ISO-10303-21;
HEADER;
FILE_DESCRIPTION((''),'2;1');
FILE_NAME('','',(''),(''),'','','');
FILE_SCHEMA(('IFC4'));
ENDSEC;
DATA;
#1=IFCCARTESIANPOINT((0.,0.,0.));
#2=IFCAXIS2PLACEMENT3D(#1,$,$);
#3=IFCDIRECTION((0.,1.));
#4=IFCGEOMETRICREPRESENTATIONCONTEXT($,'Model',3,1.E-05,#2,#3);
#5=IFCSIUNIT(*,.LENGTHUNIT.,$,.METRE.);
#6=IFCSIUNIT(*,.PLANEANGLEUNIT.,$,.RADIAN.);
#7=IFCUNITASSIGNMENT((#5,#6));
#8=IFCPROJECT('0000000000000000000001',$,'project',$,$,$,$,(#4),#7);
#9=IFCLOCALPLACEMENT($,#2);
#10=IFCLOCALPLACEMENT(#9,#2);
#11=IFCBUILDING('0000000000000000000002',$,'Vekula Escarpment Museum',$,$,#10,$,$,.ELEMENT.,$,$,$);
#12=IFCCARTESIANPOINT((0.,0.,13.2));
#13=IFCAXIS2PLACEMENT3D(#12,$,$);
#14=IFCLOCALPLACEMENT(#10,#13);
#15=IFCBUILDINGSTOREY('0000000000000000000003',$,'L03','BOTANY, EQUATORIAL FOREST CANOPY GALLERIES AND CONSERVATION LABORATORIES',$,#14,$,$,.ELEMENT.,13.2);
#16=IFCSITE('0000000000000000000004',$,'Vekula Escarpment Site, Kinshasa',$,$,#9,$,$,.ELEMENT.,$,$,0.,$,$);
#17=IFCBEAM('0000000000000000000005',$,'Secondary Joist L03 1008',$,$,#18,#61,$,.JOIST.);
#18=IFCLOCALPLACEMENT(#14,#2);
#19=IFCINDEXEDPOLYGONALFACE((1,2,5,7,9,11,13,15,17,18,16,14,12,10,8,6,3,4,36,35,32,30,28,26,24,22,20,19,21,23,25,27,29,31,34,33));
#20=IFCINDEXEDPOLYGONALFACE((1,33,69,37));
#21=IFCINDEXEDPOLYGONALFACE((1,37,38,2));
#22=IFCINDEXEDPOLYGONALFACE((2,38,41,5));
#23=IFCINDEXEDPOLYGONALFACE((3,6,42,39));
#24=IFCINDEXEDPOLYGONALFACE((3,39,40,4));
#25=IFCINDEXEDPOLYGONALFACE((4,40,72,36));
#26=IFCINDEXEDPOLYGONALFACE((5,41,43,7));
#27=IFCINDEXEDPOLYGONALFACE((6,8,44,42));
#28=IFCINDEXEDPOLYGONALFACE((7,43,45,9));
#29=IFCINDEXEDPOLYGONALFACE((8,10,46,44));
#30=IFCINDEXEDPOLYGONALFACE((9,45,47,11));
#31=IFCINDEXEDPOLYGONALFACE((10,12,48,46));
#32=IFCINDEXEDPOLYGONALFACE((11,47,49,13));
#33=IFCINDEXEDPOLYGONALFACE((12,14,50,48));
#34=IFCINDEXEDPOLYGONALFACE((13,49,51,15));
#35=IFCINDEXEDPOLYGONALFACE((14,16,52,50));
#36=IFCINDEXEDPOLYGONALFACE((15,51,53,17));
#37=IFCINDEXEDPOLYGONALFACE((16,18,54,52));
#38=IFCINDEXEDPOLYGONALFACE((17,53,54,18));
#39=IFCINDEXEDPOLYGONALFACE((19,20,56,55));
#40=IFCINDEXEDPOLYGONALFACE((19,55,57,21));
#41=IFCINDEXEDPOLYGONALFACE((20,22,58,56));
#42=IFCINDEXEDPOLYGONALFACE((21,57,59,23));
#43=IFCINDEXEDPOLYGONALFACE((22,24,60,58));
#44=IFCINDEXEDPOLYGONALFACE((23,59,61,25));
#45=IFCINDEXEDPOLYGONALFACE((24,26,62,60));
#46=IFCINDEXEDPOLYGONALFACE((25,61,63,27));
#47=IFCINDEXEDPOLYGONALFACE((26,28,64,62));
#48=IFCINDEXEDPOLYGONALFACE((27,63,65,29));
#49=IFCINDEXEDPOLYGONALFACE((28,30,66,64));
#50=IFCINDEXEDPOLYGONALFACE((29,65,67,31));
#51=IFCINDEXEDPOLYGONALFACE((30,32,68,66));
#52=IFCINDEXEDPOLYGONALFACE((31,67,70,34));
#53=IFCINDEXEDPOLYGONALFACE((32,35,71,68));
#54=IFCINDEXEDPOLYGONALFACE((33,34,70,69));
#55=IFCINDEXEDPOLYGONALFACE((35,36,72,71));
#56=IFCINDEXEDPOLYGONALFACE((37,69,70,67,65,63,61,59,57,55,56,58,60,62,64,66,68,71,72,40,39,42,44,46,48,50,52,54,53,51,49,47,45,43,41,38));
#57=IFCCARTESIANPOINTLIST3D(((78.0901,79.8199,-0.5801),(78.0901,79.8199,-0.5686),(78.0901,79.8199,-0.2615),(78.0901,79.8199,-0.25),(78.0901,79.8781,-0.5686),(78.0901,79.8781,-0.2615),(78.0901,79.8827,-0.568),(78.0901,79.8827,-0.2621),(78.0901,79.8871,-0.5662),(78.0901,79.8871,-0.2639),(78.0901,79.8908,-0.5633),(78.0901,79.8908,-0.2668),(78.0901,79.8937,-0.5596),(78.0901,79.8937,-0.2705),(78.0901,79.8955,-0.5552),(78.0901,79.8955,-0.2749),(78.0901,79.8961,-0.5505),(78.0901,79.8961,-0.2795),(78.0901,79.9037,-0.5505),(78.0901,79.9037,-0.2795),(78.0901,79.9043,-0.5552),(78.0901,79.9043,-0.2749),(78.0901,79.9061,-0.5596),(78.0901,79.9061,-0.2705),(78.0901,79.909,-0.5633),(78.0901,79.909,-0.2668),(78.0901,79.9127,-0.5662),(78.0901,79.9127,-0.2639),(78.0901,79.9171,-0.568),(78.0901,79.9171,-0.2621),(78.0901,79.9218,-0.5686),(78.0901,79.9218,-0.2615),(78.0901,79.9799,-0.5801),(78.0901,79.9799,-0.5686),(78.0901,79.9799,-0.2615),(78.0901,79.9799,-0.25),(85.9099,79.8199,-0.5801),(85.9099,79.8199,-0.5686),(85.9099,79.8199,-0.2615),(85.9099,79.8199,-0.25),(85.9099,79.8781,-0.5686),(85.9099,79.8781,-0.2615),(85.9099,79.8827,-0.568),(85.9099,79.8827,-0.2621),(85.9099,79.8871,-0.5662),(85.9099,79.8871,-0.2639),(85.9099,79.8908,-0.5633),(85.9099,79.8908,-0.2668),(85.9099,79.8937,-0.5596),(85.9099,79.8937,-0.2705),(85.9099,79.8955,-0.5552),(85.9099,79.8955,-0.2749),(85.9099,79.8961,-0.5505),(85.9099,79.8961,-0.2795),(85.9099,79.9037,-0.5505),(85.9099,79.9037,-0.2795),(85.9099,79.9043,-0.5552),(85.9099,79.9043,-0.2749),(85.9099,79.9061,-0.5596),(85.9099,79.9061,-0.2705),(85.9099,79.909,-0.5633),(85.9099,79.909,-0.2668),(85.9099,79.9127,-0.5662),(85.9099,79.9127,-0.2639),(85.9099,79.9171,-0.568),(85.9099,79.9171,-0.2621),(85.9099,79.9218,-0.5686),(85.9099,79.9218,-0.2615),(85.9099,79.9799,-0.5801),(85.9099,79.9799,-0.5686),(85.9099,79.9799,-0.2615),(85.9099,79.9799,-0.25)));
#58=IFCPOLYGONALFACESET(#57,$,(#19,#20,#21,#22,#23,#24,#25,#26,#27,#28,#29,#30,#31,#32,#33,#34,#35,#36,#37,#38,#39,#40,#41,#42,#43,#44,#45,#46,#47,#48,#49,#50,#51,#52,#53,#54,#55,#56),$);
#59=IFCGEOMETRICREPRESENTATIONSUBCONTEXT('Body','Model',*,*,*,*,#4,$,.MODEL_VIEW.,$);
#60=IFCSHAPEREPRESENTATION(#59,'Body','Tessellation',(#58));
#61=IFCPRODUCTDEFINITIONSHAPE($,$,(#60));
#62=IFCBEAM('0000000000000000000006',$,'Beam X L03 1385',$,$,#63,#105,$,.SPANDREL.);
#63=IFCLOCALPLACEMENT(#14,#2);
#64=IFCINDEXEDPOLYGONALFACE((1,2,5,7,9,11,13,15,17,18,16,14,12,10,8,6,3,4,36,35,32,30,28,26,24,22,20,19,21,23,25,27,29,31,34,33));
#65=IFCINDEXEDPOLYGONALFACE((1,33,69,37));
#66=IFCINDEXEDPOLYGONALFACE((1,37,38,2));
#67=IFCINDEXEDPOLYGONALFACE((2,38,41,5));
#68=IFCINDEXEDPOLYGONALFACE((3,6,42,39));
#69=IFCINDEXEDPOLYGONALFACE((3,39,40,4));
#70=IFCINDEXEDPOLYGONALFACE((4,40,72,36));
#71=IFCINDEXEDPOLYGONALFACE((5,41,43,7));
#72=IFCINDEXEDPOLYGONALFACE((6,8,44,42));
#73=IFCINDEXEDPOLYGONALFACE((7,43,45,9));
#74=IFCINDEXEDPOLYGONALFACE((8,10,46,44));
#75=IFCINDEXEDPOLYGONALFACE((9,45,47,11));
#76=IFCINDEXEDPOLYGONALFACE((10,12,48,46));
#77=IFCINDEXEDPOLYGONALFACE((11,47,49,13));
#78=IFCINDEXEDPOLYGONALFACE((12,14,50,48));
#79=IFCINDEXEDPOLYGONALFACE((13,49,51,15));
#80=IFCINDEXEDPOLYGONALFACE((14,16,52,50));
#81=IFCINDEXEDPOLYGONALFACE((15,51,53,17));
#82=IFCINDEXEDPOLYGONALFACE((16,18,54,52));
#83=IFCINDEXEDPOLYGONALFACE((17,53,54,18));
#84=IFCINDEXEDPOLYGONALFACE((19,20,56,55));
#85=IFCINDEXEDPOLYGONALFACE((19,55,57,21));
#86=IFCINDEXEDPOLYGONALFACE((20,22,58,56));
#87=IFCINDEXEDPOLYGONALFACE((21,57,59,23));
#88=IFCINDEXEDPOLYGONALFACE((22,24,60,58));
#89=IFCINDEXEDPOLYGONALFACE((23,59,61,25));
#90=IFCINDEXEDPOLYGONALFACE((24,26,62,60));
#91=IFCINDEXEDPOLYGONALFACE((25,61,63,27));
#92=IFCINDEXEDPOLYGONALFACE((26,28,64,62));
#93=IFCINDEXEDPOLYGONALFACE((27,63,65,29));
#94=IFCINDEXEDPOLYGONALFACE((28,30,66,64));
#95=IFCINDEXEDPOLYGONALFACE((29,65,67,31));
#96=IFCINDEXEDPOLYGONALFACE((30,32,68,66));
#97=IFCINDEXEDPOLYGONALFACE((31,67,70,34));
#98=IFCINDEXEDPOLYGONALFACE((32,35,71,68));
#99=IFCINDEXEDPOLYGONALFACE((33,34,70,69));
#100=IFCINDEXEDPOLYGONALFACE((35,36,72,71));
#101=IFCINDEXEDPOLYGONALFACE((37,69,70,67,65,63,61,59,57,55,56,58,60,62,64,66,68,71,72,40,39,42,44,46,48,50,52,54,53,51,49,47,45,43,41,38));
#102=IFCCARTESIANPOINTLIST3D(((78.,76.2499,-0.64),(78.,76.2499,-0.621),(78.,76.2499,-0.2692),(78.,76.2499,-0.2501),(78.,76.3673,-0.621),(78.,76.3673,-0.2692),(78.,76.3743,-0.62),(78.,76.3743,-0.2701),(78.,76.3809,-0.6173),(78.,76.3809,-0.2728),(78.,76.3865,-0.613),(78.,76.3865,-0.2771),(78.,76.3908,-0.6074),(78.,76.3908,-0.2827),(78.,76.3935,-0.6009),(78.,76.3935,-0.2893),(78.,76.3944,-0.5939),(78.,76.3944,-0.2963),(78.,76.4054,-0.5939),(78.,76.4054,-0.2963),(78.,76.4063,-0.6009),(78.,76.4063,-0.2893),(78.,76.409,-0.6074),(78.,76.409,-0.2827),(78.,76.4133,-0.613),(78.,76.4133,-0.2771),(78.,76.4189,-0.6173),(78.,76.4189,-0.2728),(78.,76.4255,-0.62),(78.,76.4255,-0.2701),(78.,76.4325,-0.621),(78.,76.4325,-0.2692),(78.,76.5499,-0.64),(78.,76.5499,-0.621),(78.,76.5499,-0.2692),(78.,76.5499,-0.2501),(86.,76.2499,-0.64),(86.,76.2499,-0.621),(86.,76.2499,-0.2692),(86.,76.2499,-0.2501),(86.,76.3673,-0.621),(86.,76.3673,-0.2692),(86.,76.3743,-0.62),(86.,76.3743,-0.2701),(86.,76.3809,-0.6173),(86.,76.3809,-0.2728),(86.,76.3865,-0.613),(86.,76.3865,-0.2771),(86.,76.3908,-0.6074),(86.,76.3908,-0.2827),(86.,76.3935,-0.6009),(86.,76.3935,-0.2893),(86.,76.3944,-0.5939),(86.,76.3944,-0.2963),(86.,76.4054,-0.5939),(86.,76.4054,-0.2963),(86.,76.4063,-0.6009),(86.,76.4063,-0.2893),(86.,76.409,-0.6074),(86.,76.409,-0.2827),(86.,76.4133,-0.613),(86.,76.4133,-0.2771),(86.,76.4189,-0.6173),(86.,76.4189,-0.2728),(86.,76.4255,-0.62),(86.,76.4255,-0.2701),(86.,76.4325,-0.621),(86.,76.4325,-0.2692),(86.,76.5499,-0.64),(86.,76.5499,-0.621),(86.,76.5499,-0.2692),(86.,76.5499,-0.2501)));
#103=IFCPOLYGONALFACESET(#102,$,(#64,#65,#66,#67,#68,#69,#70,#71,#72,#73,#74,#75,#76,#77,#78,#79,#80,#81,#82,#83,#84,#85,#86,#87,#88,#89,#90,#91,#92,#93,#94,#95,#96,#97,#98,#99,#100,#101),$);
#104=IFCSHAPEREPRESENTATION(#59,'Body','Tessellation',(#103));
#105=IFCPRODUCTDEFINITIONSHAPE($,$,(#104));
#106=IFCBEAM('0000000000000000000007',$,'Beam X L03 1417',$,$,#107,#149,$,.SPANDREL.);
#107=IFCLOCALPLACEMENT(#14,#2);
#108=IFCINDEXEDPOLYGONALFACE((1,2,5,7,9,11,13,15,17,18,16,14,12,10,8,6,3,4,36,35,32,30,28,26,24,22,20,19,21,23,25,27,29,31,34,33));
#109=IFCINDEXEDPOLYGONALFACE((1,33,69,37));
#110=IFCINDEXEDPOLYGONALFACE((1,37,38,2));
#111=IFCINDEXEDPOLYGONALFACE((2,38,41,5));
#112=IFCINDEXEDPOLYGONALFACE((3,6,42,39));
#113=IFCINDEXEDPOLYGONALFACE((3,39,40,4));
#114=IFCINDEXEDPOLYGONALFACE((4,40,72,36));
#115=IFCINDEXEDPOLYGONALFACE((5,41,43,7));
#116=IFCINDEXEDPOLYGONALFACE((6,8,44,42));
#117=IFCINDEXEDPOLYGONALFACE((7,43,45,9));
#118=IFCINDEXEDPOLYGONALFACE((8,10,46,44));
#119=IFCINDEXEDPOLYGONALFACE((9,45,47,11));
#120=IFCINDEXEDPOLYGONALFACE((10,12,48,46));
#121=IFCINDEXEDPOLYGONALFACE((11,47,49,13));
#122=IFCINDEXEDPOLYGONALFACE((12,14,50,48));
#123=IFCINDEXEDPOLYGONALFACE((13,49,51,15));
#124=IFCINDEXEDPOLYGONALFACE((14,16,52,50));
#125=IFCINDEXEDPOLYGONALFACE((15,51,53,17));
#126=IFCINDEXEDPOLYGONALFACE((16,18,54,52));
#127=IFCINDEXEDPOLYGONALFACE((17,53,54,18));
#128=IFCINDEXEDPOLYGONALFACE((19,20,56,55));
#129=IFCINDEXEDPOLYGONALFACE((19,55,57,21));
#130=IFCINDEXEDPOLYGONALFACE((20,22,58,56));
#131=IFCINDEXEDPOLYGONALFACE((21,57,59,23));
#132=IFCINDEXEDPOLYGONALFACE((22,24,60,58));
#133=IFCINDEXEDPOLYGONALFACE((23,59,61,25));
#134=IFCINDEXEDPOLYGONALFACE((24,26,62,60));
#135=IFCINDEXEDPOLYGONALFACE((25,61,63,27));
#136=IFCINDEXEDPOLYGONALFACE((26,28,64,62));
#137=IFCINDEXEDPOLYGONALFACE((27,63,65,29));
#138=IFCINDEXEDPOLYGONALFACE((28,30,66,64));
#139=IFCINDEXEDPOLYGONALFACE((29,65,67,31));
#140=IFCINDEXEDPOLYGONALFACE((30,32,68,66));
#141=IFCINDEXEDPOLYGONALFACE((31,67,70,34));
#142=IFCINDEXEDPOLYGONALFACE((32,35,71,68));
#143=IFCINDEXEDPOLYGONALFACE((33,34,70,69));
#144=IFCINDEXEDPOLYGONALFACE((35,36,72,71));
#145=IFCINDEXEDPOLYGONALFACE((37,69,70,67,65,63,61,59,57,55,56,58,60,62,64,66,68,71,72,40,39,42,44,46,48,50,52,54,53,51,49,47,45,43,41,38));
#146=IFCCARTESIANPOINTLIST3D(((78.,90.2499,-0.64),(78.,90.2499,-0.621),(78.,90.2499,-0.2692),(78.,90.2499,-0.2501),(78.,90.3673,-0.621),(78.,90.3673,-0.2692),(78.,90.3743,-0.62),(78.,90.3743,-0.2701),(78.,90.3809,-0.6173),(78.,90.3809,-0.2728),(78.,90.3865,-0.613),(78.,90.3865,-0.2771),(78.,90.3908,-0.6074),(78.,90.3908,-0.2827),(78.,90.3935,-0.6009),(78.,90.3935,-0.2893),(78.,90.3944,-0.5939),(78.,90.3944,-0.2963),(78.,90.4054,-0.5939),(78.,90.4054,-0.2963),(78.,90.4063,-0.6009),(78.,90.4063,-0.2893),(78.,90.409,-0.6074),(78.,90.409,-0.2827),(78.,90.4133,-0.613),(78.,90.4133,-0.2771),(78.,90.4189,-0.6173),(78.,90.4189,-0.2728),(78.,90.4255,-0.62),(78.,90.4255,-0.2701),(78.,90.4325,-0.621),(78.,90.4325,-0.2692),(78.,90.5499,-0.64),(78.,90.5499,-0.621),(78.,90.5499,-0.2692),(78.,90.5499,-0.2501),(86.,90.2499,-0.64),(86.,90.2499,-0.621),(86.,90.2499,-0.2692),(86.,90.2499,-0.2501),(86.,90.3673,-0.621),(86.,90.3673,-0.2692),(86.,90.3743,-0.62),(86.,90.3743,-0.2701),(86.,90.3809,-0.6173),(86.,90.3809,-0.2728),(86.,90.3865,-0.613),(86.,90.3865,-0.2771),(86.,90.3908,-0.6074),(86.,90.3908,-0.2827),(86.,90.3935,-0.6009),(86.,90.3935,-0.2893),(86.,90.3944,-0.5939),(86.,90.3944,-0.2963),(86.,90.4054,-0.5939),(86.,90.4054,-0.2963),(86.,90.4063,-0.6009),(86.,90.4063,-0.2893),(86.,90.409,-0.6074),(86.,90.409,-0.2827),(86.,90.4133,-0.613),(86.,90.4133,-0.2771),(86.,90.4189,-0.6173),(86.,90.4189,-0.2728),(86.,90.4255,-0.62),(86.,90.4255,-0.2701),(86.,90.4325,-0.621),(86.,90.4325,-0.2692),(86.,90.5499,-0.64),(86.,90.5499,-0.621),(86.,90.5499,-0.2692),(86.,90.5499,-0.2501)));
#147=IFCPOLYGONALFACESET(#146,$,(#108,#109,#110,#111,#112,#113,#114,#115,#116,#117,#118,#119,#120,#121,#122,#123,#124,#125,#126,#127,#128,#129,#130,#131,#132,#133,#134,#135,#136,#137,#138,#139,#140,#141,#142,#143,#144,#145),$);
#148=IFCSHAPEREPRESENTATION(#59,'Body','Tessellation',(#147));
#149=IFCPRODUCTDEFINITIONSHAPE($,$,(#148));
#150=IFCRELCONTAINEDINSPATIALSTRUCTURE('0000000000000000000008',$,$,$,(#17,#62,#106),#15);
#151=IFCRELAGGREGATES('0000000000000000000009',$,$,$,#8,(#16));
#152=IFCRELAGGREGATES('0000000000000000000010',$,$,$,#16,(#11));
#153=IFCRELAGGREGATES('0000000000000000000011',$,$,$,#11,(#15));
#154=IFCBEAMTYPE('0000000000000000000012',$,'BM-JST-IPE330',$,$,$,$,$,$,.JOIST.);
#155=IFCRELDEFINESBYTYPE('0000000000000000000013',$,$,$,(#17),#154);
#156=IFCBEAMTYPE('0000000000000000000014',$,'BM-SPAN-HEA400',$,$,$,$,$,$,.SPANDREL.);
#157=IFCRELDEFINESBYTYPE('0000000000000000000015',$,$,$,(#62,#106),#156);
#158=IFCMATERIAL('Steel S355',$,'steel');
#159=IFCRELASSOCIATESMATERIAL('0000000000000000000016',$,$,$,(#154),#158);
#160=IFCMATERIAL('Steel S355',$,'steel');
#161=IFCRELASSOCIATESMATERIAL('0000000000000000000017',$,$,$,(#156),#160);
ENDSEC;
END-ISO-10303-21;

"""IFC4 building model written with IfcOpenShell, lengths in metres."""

from ifc_helpers import new_model, si_unit, direction, frame, origin, origin_2d, place, context, subcontext, project, spatial, i_section, extrude, material, material_profile, profile_set, type_object, element, save


model = new_model("IFC4")

# Units and contexts
model_context = context("Model", 3, precision=1e-05, world=origin(), true_north=direction((0.0, 1.0)))
body_context = subcontext(model_context, "Body", "Model", "MODEL_VIEW")
ifc_project = project(units=[si_unit("LENGTHUNIT", "METRE"), si_unit("PLANEANGLEUNIT", "RADIAN")], contexts=[model_context])

# Site, building, storey
site_placement = place(None, origin())
site = spatial("IfcSite", under=ifc_project, at=site_placement, Name="Vekula Escarpment Site, Kinshasa", CompositionType="ELEMENT", RefElevation=0.0)
building_placement = place(site_placement, origin())
building = spatial("IfcBuilding", under=site, at=building_placement, Name="Vekula Escarpment Museum", CompositionType="ELEMENT")
storey_placement = place(building_placement, frame((0.0, 0.0, 13.2)))
storey = spatial("IfcBuildingStorey", under=building, at=storey_placement, Name="L03", Description="BOTANY, EQUATORIAL FOREST CANOPY GALLERIES AND CONSERVATION LABORATORIES", CompositionType="ELEMENT", Elevation=13.2)

# Beams
ifc_material_1 = material(Name="Steel S355", Category="steel")
ifc_material_profile_1 = material_profile(ifc_material_1, i_section(OverallWidth=0.1599, OverallDepth=0.3301, WebThickness=0.0076, FlangeThickness=0.0115, FilletRadius=0.0181, at=origin_2d()), Name="IPE 330")
ifc_profile_set_1 = profile_set([ifc_material_profile_1], Name="Steel S355")
beam_type_1 = type_object("IfcBeamType", Name="BM-JST-IPE330", PredefinedType="JOIST", material=ifc_profile_set_1)
beam_1_placement = place(storey_placement, frame((78.0901, 79.8999, -0.415), z_axis=(1.0, 0.0, 0.0), x_axis=(0.0, 1.0, 0.0)))
element("IfcBeam", 1, at=beam_1_placement, inside=storey, type_object=beam_type_1, Name="Secondary Joist L03 1008", PredefinedType="JOIST", context=body_context, shape_type="SweptSolid", body=[
    extrude(i_section(OverallWidth=0.1599, OverallDepth=0.3301, WebThickness=0.0076, FlangeThickness=0.0115, FilletRadius=0.0181, at=origin_2d()), origin(), (0.0, 0.0, 1.0), 7.8198),
])
ifc_material_2 = material(Name="Steel S355", Category="steel")
ifc_material_profile_2 = material_profile(ifc_material_2, i_section(OverallWidth=0.3, OverallDepth=0.3899, WebThickness=0.011, FlangeThickness=0.019, FilletRadius=0.0271, at=origin_2d()), Name="HEA 400")
ifc_profile_set_2 = profile_set([ifc_material_profile_2], Name="Steel S355")
beam_type_2 = type_object("IfcBeamType", Name="BM-SPAN-HEA400", PredefinedType="SPANDREL", material=ifc_profile_set_2)
for number, where, z_axis, x_axis, name in (
    (2, (78.0, 76.3999, -0.4451), (1.0, 0.0, 0.0), (0.0, 1.0, 0.0), "Beam X L03 1385"),
    (3, (78.0, 90.3999, -0.4451), (1.0, 0.0, 0.0), (0.0, 1.0, 0.0), "Beam X L03 1417"),
):
    element("IfcBeam", number, at=place(storey_placement, frame(where, z_axis=z_axis, x_axis=x_axis)), inside=storey, type_object=beam_type_2, Name=name, PredefinedType="SPANDREL", context=body_context, shape_type="SweptSolid", body=[
        extrude(i_section(OverallWidth=0.3, OverallDepth=0.3899, WebThickness=0.011, FlangeThickness=0.019, FilletRadius=0.0271, at=origin_2d()), origin(), (0.0, 0.0, 1.0), 8.0),
    ])

save(model, "model.ifc")
